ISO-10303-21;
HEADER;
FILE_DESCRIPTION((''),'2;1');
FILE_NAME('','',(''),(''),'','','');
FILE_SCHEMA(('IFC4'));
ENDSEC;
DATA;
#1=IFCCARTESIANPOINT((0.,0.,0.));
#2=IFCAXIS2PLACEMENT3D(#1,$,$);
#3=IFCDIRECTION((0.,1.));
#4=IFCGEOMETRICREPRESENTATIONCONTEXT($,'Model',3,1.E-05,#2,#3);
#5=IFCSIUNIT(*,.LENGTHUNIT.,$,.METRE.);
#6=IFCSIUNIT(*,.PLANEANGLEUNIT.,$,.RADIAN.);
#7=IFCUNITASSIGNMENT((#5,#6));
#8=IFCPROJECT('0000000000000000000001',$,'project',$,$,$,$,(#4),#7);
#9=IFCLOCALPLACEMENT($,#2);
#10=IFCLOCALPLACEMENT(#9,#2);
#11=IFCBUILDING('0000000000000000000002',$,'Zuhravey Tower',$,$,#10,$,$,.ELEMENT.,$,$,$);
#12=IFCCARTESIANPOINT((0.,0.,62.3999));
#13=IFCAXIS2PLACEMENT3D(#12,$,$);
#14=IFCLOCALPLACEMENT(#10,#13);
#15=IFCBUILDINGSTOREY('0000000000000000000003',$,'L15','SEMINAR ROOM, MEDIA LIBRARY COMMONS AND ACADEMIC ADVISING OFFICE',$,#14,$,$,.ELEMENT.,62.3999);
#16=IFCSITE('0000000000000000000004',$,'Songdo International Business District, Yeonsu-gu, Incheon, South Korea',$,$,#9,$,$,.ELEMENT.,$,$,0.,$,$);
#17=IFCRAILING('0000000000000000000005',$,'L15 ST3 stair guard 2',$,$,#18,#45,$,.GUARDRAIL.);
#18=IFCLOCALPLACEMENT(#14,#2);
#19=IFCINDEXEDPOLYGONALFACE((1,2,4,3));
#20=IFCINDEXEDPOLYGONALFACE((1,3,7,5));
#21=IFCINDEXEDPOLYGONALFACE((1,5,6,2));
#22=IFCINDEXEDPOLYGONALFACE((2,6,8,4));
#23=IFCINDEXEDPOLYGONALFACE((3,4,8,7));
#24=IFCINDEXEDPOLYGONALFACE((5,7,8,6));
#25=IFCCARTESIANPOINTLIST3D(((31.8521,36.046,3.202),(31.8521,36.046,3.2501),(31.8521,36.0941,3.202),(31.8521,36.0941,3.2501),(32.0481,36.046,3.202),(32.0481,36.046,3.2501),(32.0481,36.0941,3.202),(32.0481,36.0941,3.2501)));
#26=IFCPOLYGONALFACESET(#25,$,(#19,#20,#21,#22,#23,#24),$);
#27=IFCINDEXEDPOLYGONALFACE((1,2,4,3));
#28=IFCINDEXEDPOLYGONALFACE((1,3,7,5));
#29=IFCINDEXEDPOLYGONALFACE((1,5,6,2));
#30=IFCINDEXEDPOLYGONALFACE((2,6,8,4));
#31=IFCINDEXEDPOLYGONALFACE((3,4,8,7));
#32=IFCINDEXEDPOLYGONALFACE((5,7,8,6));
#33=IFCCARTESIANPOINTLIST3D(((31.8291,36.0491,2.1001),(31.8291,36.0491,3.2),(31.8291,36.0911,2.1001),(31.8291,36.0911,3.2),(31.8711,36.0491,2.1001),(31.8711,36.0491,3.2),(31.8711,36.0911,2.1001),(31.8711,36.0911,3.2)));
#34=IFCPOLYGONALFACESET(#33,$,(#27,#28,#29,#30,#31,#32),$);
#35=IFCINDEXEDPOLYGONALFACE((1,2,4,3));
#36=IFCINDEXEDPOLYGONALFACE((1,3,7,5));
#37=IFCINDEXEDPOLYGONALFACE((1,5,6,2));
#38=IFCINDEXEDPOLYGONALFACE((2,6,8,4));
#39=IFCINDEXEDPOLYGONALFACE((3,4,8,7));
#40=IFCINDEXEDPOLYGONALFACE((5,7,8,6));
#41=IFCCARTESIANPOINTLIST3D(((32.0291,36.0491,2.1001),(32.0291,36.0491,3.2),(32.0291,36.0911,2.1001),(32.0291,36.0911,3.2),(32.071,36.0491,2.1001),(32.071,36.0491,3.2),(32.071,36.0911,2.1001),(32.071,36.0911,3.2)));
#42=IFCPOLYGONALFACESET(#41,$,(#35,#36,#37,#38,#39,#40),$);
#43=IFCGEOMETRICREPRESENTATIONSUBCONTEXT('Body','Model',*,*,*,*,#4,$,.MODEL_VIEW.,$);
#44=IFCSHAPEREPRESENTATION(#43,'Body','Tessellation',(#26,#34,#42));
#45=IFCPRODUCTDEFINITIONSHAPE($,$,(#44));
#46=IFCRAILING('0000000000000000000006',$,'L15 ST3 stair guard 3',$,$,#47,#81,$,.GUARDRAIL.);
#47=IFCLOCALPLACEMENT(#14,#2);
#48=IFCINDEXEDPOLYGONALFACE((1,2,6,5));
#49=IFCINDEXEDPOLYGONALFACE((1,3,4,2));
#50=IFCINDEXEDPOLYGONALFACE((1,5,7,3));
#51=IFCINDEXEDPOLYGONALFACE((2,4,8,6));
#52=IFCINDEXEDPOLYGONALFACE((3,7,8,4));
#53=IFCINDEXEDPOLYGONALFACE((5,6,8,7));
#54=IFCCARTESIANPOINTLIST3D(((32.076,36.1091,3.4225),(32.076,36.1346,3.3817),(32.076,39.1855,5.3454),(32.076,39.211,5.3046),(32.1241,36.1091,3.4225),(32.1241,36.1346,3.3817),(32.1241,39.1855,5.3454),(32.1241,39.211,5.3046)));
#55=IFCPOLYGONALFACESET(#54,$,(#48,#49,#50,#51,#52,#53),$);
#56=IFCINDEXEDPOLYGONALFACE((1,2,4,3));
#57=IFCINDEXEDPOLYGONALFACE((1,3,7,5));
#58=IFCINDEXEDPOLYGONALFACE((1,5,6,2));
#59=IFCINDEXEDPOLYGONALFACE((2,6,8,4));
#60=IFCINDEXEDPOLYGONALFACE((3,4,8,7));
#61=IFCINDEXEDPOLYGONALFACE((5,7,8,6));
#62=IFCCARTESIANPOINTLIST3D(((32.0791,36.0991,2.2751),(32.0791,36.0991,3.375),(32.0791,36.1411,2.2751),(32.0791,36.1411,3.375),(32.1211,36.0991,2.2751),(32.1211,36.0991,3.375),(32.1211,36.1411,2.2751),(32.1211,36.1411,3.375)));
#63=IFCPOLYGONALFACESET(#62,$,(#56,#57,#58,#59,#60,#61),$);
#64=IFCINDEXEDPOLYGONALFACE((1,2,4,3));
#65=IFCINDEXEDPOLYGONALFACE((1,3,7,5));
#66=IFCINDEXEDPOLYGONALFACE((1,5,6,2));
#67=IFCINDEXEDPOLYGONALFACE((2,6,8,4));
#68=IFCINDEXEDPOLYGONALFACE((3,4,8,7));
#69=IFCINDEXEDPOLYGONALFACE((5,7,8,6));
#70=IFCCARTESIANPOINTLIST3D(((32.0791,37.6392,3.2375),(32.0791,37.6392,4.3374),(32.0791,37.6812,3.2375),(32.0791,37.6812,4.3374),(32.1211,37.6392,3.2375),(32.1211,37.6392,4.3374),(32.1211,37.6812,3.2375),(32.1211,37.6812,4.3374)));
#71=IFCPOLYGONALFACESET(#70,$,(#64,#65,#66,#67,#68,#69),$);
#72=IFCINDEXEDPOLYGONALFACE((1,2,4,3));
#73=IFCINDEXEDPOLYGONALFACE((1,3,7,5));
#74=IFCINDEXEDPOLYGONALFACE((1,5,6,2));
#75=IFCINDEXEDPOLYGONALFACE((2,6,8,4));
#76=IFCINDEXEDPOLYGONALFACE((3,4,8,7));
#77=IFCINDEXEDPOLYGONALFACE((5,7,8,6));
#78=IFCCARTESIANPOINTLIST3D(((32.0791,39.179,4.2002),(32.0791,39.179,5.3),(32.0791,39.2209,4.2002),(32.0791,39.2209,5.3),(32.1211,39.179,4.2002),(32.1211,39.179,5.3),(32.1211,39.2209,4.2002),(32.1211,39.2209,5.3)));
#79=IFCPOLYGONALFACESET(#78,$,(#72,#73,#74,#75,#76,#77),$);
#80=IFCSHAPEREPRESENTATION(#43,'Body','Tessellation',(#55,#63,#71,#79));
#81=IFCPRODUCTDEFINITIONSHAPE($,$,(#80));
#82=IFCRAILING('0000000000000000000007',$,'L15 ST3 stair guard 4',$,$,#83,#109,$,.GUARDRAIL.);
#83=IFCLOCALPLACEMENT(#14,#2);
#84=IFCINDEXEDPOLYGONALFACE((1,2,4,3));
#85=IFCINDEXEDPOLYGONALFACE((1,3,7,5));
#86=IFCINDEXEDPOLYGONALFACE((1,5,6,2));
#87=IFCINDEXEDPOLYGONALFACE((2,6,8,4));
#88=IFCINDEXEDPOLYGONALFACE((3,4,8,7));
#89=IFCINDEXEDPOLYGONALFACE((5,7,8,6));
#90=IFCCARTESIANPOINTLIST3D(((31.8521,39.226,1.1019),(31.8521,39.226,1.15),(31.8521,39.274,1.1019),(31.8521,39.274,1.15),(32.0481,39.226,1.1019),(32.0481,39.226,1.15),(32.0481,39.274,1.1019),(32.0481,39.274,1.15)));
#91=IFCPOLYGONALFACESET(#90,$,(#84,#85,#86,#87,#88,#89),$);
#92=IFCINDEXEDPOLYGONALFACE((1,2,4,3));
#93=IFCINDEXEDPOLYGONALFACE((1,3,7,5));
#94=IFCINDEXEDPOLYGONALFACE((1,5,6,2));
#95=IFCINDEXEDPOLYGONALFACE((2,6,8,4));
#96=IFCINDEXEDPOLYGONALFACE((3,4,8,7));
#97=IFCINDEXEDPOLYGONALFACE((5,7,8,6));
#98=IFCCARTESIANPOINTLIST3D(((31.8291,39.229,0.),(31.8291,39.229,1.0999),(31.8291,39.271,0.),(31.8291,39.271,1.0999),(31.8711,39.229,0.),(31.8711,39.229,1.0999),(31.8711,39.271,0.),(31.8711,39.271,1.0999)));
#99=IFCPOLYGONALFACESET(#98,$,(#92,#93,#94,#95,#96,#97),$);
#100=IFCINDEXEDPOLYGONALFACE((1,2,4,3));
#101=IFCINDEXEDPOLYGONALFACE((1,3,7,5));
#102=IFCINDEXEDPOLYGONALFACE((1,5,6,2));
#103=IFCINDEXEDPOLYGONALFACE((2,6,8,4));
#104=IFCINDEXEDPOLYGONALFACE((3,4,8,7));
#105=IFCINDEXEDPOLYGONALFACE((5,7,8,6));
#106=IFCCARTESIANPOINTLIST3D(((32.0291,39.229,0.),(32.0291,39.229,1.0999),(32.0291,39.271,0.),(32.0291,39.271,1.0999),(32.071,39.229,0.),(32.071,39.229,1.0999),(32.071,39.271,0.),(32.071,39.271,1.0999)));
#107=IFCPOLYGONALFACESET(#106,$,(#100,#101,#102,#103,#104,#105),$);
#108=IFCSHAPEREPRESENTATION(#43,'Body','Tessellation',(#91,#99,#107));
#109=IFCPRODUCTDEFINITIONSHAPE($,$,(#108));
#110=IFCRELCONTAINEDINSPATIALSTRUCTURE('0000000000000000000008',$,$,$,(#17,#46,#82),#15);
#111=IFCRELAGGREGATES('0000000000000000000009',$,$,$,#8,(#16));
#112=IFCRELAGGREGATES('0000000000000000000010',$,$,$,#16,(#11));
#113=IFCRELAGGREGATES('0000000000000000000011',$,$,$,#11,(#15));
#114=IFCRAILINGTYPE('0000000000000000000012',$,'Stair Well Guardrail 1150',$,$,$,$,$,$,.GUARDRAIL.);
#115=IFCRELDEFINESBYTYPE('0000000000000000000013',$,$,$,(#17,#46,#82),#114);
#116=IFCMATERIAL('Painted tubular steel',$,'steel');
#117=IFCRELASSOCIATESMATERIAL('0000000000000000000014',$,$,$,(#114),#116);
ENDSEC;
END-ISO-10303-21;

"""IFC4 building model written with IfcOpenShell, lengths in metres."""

from ifc_helpers import new_model, si_unit, direction, frame, origin, origin_2d, place, context, subcontext, project, spatial, rectangle, extrude, material, type_object, element, save


model = new_model("IFC4")

# Units and contexts
model_context = context("Model", 3, precision=1e-05, world=origin(), true_north=direction((0.0, 1.0)))
body_context = subcontext(model_context, "Body", "Model", "MODEL_VIEW")
ifc_project = project(units=[si_unit("LENGTHUNIT", "METRE"), si_unit("PLANEANGLEUNIT", "RADIAN")], contexts=[model_context])

# Site, building, storey
site_placement = place(None, origin())
site = spatial("IfcSite", under=ifc_project, at=site_placement, Name="Songdo International Business District, Yeonsu-gu, Incheon, South Korea", CompositionType="ELEMENT", RefElevation=0.0)
building_placement = place(site_placement, origin())
building = spatial("IfcBuilding", under=site, at=building_placement, Name="Zuhravey Tower", CompositionType="ELEMENT")
storey_placement = place(building_placement, frame((0.0, 0.0, 62.3999)))
storey = spatial("IfcBuildingStorey", under=building, at=storey_placement, Name="L15", Description="SEMINAR ROOM, MEDIA LIBRARY COMMONS AND ACADEMIC ADVISING OFFICE", CompositionType="ELEMENT", Elevation=62.3999)

# Railings
ifc_material_1 = material(Name="Painted tubular steel", Category="steel")
railing_type_1 = type_object("IfcRailingType", Name="Stair Well Guardrail 1150", PredefinedType="GUARDRAIL", material=ifc_material_1)
railing_1_placement = place(storey_placement, frame((31.8501, 36.0701, 2.1001)))
element("IfcRailing", 1, at=railing_1_placement, inside=storey, type_object=railing_type_1, Name="L15 ST3 stair guard 2", PredefinedType="GUARDRAIL", context=body_context, shape_type="SweptSolid", body=[
    extrude(rectangle(XDim=0.0481, YDim=0.0481, at=origin_2d()), frame((0.002, 0.0, 1.126), z_axis=(1.0, 0.0, 0.0), x_axis=(0.0, 1.0, 0.0)), (0.0, 0.0, 1.0), 0.196),
    extrude(rectangle(XDim=0.042, YDim=0.042, at=origin_2d()), origin(), (0.0, 0.0, 1.0), 1.0999),
    extrude(rectangle(XDim=0.042, YDim=0.042, at=origin_2d()), frame((0.2, 0.0, 0.0)), (0.0, 0.0, 1.0), 1.0999),
])
railing_2_placement = place(storey_placement, frame((32.1001, 36.1201, 2.2751)))
element("IfcRailing", 2, at=railing_2_placement, inside=storey, type_object=railing_type_1, Name="L15 ST3 stair guard 3", PredefinedType="GUARDRAIL", context=body_context, shape_type="SweptSolid", body=[
    extrude(rectangle(XDim=0.0481, YDim=0.0481, at=origin_2d()), frame((0.0, 0.0017, 1.127), z_axis=(0.0, 0.847979, 0.530029), x_axis=(-1.0, 0.0, 0.0)), (0.0, 0.0, 1.0), 3.6279),
    extrude(rectangle(XDim=0.042, YDim=0.042, at=origin_2d()), origin(), (0.0, 0.0, 1.0), 1.0999),
    extrude(rectangle(XDim=0.042, YDim=0.042, at=origin_2d()), frame((0.0, 1.54, 0.9624)), (0.0, 0.0, 1.0), 1.0999),
    extrude(rectangle(XDim=0.042, YDim=0.042, at=origin_2d()), frame((0.0, 3.0798, 1.925)), (0.0, 0.0, 1.0), 1.0999),
])
railing_3_placement = place(storey_placement, frame((31.8501, 39.25, 0.0)))
element("IfcRailing", 3, at=railing_3_placement, inside=storey, type_object=railing_type_1, Name="L15 ST3 stair guard 4", PredefinedType="GUARDRAIL", context=body_context, shape_type="SweptSolid", body=[
    extrude(rectangle(XDim=0.0481, YDim=0.0481, at=origin_2d()), frame((0.002, 0.0, 1.126), z_axis=(1.0, 0.0, 0.0), x_axis=(0.0, 1.0, 0.0)), (0.0, 0.0, 1.0), 0.196),
    extrude(rectangle(XDim=0.042, YDim=0.042, at=origin_2d()), origin(), (0.0, 0.0, 1.0), 1.0999),
    extrude(rectangle(XDim=0.042, YDim=0.042, at=origin_2d()), frame((0.2, 0.0, 0.0)), (0.0, 0.0, 1.0), 1.0999),
])

save(model, "model.ifc")
